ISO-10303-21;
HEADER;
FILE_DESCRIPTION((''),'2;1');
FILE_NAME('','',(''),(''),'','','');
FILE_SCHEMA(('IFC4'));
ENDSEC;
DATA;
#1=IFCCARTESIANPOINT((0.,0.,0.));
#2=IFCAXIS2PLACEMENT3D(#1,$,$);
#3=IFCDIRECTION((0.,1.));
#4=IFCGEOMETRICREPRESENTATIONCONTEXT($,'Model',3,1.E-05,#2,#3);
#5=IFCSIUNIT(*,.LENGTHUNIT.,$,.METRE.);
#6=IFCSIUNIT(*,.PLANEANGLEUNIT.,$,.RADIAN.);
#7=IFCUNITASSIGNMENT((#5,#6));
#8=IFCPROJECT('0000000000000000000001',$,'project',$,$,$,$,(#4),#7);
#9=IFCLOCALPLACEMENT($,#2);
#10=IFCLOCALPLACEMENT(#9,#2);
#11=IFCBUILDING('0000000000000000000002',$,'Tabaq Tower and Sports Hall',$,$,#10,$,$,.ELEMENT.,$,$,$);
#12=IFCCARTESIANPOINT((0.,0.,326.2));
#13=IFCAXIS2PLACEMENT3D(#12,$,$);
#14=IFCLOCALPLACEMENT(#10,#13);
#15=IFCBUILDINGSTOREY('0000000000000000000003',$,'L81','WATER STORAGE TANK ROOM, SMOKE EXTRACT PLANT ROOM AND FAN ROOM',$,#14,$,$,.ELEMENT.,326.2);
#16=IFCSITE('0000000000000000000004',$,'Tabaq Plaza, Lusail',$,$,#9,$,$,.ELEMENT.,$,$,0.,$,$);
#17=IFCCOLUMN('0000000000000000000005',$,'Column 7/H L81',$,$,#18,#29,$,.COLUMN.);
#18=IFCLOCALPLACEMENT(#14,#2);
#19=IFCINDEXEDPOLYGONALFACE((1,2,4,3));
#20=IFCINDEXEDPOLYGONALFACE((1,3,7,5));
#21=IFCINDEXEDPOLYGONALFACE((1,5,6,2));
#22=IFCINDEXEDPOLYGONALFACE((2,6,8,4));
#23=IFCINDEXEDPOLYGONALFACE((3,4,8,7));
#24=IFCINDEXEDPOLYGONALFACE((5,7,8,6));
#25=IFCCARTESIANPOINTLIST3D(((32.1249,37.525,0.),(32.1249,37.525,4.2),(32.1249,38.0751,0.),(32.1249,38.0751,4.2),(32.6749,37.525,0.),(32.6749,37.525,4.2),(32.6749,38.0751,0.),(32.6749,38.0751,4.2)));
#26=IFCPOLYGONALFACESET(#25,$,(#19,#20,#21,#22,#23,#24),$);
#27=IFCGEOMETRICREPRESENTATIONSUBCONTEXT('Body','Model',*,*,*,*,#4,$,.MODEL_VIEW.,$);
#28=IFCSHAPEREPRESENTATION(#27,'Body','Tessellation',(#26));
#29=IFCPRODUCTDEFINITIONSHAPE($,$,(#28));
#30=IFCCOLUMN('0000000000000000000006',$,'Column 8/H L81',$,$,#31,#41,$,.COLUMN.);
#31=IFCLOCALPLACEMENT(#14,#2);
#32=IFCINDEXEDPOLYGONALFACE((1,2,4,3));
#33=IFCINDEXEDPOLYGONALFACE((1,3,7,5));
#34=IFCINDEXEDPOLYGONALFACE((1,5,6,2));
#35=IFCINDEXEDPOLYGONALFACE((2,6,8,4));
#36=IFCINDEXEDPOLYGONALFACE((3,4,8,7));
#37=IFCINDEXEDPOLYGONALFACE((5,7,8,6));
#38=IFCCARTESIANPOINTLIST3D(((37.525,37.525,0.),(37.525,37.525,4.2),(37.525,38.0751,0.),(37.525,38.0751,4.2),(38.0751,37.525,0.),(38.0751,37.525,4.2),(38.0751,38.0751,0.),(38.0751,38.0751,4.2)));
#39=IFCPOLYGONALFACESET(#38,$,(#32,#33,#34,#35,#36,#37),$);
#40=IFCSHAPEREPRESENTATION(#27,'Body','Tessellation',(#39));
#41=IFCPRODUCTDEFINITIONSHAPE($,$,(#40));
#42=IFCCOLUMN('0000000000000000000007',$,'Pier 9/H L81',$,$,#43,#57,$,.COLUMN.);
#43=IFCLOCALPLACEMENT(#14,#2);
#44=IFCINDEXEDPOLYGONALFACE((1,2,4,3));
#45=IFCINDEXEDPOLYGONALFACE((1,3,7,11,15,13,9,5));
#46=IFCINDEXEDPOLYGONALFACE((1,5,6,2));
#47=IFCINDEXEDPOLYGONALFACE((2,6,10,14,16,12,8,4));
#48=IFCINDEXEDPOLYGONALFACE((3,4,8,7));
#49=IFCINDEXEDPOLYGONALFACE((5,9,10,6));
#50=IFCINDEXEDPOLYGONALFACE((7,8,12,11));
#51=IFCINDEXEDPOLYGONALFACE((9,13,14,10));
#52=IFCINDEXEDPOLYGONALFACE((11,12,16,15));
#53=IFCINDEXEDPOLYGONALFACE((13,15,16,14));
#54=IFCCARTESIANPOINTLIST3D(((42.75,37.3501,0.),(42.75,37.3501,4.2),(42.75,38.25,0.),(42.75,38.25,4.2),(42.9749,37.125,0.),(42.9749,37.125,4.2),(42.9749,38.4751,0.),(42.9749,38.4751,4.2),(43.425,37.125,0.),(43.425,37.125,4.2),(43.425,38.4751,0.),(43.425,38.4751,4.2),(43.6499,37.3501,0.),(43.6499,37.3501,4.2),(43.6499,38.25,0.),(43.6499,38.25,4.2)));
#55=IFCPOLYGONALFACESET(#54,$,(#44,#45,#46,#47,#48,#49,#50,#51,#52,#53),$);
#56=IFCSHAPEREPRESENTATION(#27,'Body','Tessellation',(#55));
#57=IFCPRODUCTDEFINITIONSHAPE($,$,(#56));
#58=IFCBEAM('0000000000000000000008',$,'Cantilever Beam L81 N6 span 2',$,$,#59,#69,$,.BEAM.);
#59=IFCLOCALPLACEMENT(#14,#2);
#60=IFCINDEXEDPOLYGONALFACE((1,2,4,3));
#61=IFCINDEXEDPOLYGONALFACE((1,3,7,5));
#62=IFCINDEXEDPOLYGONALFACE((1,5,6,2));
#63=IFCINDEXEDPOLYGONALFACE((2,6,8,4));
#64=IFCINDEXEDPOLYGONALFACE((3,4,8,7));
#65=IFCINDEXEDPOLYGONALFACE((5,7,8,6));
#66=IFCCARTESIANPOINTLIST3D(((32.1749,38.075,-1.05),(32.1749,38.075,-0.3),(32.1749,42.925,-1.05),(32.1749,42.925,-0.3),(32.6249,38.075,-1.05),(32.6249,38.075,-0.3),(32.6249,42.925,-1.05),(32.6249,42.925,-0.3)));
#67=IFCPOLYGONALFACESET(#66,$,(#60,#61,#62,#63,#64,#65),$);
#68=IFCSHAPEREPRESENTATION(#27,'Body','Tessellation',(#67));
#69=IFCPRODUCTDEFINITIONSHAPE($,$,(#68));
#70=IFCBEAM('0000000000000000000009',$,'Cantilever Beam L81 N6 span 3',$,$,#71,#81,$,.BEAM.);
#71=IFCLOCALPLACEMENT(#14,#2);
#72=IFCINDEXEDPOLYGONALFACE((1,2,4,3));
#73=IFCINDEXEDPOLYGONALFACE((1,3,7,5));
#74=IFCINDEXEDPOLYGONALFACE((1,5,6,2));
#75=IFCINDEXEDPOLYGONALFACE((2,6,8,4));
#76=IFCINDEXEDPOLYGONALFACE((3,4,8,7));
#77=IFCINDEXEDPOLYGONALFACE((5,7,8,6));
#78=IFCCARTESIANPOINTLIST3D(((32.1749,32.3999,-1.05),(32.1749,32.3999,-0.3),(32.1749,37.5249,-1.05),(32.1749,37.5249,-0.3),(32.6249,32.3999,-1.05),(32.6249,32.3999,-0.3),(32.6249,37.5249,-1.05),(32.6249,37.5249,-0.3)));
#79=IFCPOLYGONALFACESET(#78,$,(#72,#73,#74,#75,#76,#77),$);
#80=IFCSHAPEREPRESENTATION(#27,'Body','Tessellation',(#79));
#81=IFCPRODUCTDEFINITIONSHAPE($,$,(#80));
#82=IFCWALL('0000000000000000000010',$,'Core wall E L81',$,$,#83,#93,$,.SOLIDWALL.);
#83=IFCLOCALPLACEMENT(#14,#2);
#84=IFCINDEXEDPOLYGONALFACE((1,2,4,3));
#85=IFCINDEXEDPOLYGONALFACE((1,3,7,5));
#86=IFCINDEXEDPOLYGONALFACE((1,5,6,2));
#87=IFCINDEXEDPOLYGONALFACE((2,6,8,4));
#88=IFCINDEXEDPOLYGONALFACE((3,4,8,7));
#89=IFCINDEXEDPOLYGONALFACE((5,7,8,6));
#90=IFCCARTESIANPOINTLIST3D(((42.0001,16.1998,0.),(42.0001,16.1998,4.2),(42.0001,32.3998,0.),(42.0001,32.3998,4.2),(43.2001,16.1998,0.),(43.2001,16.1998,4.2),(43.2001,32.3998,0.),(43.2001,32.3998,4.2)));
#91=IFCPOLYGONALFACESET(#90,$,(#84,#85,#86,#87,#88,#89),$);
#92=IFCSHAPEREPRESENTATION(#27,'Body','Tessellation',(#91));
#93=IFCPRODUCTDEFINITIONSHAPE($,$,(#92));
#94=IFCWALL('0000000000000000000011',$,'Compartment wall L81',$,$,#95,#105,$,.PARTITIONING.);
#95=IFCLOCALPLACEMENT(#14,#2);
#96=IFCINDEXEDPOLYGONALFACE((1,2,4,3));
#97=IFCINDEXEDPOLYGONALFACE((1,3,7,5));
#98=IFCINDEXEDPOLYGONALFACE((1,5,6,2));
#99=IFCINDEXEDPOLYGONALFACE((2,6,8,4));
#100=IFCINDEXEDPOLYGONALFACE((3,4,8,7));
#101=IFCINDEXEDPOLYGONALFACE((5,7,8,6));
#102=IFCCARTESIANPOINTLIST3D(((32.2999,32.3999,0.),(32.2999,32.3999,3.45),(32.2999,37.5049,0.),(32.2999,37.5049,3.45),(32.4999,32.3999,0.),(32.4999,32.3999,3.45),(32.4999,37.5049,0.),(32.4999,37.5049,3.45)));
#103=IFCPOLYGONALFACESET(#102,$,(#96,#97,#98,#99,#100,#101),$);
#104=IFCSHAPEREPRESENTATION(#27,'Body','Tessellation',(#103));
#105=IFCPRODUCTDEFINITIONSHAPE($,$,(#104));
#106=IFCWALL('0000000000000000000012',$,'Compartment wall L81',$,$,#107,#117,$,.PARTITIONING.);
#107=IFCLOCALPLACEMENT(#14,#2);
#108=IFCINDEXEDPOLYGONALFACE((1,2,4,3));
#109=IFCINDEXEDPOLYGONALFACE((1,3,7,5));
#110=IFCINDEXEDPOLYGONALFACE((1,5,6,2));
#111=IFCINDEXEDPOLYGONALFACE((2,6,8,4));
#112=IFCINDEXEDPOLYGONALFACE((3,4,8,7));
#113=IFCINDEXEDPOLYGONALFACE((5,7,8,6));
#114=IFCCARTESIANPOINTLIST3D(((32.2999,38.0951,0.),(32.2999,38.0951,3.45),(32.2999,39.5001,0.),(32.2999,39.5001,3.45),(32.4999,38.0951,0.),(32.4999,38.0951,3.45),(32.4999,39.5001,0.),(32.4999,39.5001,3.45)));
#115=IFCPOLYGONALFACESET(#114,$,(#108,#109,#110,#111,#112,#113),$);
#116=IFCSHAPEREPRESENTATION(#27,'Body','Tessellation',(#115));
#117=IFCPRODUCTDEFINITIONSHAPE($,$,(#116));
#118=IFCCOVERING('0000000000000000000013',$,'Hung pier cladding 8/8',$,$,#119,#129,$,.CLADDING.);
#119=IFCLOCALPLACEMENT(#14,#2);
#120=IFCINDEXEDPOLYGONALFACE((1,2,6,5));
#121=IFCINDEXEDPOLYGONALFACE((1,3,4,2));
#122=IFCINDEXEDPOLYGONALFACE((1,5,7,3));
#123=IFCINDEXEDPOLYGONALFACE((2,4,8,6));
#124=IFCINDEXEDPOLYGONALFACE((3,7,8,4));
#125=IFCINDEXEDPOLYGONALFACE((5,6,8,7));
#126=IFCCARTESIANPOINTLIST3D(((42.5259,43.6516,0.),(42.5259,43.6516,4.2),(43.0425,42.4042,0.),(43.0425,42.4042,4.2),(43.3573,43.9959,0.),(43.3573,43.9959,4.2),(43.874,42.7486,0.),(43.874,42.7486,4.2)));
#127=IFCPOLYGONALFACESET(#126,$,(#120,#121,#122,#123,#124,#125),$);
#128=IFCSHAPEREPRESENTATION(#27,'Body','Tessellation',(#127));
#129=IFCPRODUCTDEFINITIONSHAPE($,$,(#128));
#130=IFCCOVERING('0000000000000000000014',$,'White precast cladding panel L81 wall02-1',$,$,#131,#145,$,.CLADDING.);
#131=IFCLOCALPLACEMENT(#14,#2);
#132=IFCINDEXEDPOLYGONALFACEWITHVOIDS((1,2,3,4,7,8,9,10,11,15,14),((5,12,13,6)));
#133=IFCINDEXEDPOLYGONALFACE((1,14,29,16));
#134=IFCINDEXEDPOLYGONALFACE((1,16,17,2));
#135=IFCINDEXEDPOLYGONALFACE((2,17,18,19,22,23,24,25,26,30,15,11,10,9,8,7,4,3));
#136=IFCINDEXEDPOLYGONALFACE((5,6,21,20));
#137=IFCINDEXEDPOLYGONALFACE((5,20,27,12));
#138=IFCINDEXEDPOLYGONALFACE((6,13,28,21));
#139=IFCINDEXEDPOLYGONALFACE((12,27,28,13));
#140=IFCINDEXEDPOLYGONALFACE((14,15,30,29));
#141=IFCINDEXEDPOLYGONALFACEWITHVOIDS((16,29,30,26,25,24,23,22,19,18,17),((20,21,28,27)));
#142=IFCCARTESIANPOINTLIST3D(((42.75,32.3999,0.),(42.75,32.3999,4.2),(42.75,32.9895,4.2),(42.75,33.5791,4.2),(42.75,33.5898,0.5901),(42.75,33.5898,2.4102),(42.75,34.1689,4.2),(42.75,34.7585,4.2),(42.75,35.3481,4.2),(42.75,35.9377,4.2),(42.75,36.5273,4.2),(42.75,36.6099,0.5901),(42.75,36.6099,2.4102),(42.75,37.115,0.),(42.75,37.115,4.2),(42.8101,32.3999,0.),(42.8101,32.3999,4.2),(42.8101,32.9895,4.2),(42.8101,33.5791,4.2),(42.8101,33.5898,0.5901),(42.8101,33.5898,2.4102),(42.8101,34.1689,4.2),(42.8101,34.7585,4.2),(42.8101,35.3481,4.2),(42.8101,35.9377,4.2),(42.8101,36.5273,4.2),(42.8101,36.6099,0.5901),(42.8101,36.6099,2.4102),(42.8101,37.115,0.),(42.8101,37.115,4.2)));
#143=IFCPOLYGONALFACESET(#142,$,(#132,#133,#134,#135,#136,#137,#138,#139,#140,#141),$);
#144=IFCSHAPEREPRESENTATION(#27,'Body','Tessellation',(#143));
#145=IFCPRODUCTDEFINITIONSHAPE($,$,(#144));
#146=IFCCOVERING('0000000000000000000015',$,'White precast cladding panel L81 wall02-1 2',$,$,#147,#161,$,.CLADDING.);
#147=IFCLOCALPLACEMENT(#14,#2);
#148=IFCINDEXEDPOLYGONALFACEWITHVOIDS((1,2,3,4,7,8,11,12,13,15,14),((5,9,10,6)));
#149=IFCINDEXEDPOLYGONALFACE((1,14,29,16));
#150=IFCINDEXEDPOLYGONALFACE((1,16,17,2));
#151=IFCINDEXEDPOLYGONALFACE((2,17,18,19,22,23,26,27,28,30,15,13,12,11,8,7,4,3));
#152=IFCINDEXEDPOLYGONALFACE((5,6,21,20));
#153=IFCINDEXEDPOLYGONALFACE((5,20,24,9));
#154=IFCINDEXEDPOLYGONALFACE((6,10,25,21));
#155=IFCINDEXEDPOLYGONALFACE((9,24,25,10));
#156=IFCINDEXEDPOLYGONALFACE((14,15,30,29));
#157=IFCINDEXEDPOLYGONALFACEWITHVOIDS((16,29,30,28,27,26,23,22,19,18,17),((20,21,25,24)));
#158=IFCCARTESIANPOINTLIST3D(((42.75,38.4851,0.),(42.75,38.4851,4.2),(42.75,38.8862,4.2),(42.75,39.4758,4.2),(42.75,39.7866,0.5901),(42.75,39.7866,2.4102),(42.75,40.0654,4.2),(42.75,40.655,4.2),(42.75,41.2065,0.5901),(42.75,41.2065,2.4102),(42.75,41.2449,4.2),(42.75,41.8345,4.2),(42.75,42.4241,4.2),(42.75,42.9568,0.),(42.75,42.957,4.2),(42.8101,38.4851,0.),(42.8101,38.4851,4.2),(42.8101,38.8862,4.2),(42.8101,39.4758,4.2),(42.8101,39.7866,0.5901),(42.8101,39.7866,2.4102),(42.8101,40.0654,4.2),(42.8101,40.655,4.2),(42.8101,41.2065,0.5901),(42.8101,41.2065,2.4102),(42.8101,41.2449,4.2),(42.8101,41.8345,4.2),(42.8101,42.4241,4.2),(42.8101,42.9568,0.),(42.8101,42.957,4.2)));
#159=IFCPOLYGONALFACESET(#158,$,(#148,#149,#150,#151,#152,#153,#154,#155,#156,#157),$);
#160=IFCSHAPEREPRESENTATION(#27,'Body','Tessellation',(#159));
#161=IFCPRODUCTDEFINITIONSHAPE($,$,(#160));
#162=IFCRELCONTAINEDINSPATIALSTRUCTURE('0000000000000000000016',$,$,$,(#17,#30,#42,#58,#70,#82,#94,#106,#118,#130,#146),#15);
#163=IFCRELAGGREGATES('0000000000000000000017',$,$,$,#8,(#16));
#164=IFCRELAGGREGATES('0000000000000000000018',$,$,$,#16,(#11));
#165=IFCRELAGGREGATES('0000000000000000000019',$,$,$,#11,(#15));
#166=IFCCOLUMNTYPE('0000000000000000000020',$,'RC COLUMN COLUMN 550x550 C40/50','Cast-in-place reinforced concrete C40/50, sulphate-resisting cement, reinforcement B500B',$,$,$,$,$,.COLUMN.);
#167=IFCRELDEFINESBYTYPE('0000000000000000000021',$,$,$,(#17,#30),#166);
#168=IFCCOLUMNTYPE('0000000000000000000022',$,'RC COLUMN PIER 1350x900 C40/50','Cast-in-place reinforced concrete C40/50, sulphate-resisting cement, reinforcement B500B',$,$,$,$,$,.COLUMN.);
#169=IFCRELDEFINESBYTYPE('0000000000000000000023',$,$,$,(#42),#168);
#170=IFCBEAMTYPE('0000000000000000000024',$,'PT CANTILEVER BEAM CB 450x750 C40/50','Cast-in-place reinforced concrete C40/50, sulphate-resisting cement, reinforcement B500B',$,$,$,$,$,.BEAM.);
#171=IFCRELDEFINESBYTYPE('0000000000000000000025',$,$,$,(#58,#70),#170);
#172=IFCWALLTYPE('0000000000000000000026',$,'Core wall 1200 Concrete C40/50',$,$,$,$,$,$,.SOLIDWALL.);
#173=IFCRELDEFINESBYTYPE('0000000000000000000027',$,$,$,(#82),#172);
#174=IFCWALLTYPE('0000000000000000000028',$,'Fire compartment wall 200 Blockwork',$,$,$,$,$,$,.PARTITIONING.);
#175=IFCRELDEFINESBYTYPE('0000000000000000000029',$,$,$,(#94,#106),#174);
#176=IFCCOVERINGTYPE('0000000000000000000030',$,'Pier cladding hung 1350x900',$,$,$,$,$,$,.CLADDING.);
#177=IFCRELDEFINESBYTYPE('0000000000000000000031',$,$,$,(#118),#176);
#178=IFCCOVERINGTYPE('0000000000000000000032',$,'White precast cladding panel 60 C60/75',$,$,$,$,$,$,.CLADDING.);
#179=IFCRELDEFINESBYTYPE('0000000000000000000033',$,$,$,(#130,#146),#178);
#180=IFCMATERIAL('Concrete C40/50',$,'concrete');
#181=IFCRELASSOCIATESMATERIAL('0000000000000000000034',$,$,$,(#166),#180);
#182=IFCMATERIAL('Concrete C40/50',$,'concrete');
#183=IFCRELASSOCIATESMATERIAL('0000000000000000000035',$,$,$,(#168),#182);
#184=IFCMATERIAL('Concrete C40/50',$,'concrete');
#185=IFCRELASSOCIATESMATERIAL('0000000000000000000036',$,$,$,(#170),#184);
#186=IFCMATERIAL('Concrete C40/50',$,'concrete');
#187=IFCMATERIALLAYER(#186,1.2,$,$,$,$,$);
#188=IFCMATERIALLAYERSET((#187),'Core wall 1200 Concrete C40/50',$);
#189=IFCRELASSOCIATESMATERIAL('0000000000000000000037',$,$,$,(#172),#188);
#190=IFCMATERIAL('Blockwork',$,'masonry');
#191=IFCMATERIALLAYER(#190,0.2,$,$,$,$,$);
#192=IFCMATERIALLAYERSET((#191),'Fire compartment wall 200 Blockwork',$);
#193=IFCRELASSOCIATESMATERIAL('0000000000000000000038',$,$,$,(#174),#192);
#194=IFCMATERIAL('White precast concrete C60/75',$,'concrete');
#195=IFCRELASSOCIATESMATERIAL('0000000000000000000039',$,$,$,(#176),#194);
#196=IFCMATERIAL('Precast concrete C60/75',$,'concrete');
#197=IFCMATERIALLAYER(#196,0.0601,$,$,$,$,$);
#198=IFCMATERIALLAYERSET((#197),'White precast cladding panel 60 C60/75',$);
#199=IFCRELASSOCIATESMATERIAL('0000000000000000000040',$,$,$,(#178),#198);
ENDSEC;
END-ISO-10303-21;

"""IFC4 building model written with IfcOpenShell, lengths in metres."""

from ifc_helpers import new_model, si_unit, direction, frame, frame_2d, origin, origin_2d, place, context, subcontext, project, spatial, polyline, rectangle, outline, extrude, material, layer, layer_set, material_profile, profile_set, type_object, element, save


model = new_model("IFC4")

# Units and contexts
model_context = context("Model", 3, precision=1e-05, world=origin(), true_north=direction((0.0, 1.0)))
body_context = subcontext(model_context, "Body", "Model", "MODEL_VIEW")
ifc_project = project(units=[si_unit("LENGTHUNIT", "METRE"), si_unit("PLANEANGLEUNIT", "RADIAN")], contexts=[model_context])

# Site, building, storey
site_placement = place(None, origin())
site = spatial("IfcSite", under=ifc_project, at=site_placement, Name="Tabaq Plaza, Lusail", CompositionType="ELEMENT", RefElevation=0.0)
building_placement = place(site_placement, origin())
building = spatial("IfcBuilding", under=site, at=building_placement, Name="Tabaq Tower and Sports Hall", CompositionType="ELEMENT")
storey_placement = place(building_placement, frame((0.0, 0.0, 326.2)))
storey = spatial("IfcBuildingStorey", under=building, at=storey_placement, Name="L81", Description="WATER STORAGE TANK ROOM, SMOKE EXTRACT PLANT ROOM AND FAN ROOM", CompositionType="ELEMENT", Elevation=326.2)

# Columns
ifc_material_1 = material(Name="Concrete C40/50", Category="concrete")
ifc_material_profile_1 = material_profile(ifc_material_1, rectangle(XDim=0.55, YDim=0.55, at=origin_2d()), Name="COLUMN 550x550")
ifc_profile_set_1 = profile_set([ifc_material_profile_1], Name="Concrete C40/50")
column_type_1 = type_object("IfcColumnType", Name="RC COLUMN COLUMN 550x550 C40/50", Description="Cast-in-place reinforced concrete C40/50, sulphate-resisting cement, reinforcement B500B", PredefinedType="COLUMN", material=ifc_profile_set_1)
for number, where, z_axis, x_axis, name in (
    (1, (32.3999, 37.8, 0.0), (0.0, 0.0, 1.0), (1.0, 0.0, 0.0), "Column 7/H L81"),
    (2, (37.8, 37.8, 0.0), (0.0, 0.0, 1.0), (1.0, 0.0, 0.0), "Column 8/H L81"),
):
    element("IfcColumn", number, at=place(storey_placement, frame(where, z_axis=z_axis, x_axis=x_axis)), inside=storey, type_object=column_type_1, Name=name, PredefinedType="COLUMN", context=body_context, shape_type="SweptSolid", body=[
        extrude(rectangle(XDim=0.55, YDim=0.55, at=origin_2d()), origin(), (0.0, 0.0, 1.0), 4.2),
    ])
ifc_material_2 = material(Name="Concrete C40/50", Category="concrete")
ifc_material_profile_2 = material_profile(ifc_material_2, outline(polyline([(-0.45, -0.45), (0.45, -0.45), (0.675, -0.2251), (0.675, 0.2251), (0.45, 0.45), (-0.45, 0.45), (-0.675, 0.2251), (-0.675, -0.2251), (-0.45, -0.45)])), Name="PIER 1350x900")
ifc_profile_set_2 = profile_set([ifc_material_profile_2], Name="Concrete C40/50")
column_type_2 = type_object("IfcColumnType", Name="RC COLUMN PIER 1350x900 C40/50", Description="Cast-in-place reinforced concrete C40/50, sulphate-resisting cement, reinforcement B500B", PredefinedType="COLUMN", material=ifc_profile_set_2)
column_placement = place(storey_placement, frame((43.2, 37.8, 0.0), z_axis=(0.0, 0.0, 1.0), x_axis=(0.0, 1.0, 0.0)))
element("IfcColumn", 3, at=column_placement, inside=storey, type_object=column_type_2, Name="Pier 9/H L81", PredefinedType="COLUMN", context=body_context, shape_type="SweptSolid", body=[
    extrude(outline(polyline([(-0.45, -0.45), (0.45, -0.45), (0.675, -0.2251), (0.675, 0.2251), (0.45, 0.45), (-0.45, 0.45), (-0.675, 0.2251), (-0.675, -0.2251), (-0.45, -0.45)])), origin(), (0.0, 0.0, 1.0), 4.2),
])

# Beams
ifc_material_3 = material(Name="Concrete C40/50", Category="concrete")
ifc_material_profile_3 = material_profile(ifc_material_3, rectangle(XDim=0.45, YDim=0.75, at=origin_2d()), Name="CB 450x750")
ifc_profile_set_3 = profile_set([ifc_material_profile_3], Name="Concrete C40/50")
beam_type = type_object("IfcBeamType", Name="PT CANTILEVER BEAM CB 450x750 C40/50", Description="Cast-in-place reinforced concrete C40/50, sulphate-resisting cement, reinforcement B500B", PredefinedType="BEAM", material=ifc_profile_set_3)
beam_1_placement = place(storey_placement, frame((32.3999, 42.925, -0.675), z_axis=(0.0, -1.0, 0.0), x_axis=(1.0, 0.0, 0.0)))
element("IfcBeam", 4, at=beam_1_placement, inside=storey, type_object=beam_type, Name="Cantilever Beam L81 N6 span 2", PredefinedType="BEAM", context=body_context, shape_type="SweptSolid", body=[
    extrude(rectangle(XDim=0.45, YDim=0.75, at=origin_2d()), origin(), (0.0, 0.0, 1.0), 4.8501),
])
beam_2_placement = place(storey_placement, frame((32.3999, 37.5249, -0.675), z_axis=(0.0, -1.0, 0.0), x_axis=(1.0, 0.0, 0.0)))
element("IfcBeam", 5, at=beam_2_placement, inside=storey, type_object=beam_type, Name="Cantilever Beam L81 N6 span 3", PredefinedType="BEAM", context=body_context, shape_type="SweptSolid", body=[
    extrude(rectangle(XDim=0.45, YDim=0.75, at=origin_2d()), origin(), (0.0, 0.0, 1.0), 5.125),
])

# Walls
ifc_material_4 = material(Name="Concrete C40/50", Category="concrete")
ifc_layer_1 = layer(ifc_material_4, 1.2)
ifc_layer_set_1 = layer_set([ifc_layer_1], Name="Core wall 1200 Concrete C40/50")
wall_type_1 = type_object("IfcWallType", Name="Core wall 1200 Concrete C40/50", PredefinedType="SOLIDWALL", material=ifc_layer_set_1)
wall_1_placement = place(storey_placement, frame((42.6001, 32.3999, 0.0), z_axis=(0.0, 0.0, 1.0), x_axis=(0.0, -1.0, 0.0)))
element("IfcWall", 6, at=wall_1_placement, inside=storey, type_object=wall_type_1, Name="Core wall E L81", PredefinedType="SOLIDWALL", context=body_context, shape_type="SweptSolid", body=[
    extrude(rectangle(XDim=16.2, YDim=1.2, at=frame_2d((8.1001, 0.0))), origin(), (0.0, 0.0, 1.0), 4.2),
])
ifc_material_5 = material(Name="Blockwork", Category="masonry")
ifc_layer_2 = layer(ifc_material_5, 0.2)
ifc_layer_set_2 = layer_set([ifc_layer_2], Name="Fire compartment wall 200 Blockwork")
wall_type_2 = type_object("IfcWallType", Name="Fire compartment wall 200 Blockwork", PredefinedType="PARTITIONING", material=ifc_layer_set_2)
wall_2_placement = place(storey_placement, frame((32.3999, 32.3999, 0.0), z_axis=(0.0, 0.0, 1.0), x_axis=(0.0, 1.0, 0.0)))
element("IfcWall", 7, at=wall_2_placement, inside=storey, type_object=wall_type_2, Name="Compartment wall L81", PredefinedType="PARTITIONING", context=body_context, shape_type="SweptSolid", body=[
    extrude(rectangle(XDim=5.105, YDim=0.2, at=frame_2d((2.5525, 0.0))), origin(), (0.0, 0.0, 1.0), 3.45),
])
wall_3_placement = place(storey_placement, frame((32.3999, 38.095, 0.0), z_axis=(0.0, 0.0, 1.0), x_axis=(0.0, 1.0, 0.0)))
element("IfcWall", 8, at=wall_3_placement, inside=storey, type_object=wall_type_2, Name="Compartment wall L81", PredefinedType="PARTITIONING", context=body_context, shape_type="SweptSolid", body=[
    extrude(rectangle(XDim=1.405, YDim=0.2, at=frame_2d((0.7026, 0.0))), origin(), (0.0, 0.0, 1.0), 3.45),
])

# Coverings
ifc_material_6 = material(Name="White precast concrete C60/75", Category="concrete")
covering_type_1 = type_object("IfcCoveringType", Name="Pier cladding hung 1350x900", PredefinedType="CLADDING", material=ifc_material_6)
covering_1_placement = place(storey_placement, frame((43.4583, 42.5764, 0.0), z_axis=(0.0, 0.0, 1.0), x_axis=(-0.38265, 0.923893, 0.0)))
element("IfcCovering", 9, at=covering_1_placement, inside=storey, type_object=covering_type_1, Name="Hung pier cladding 8/8", PredefinedType="CLADDING", context=body_context, shape_type="SweptSolid", body=[
    extrude(rectangle(XDim=1.3501, YDim=0.8999, at=frame_2d((0.675, 0.0))), origin(), (0.0, 0.0, 1.0), 4.2),
])
ifc_material_7 = material(Name="Precast concrete C60/75", Category="concrete")
ifc_layer_3 = layer(ifc_material_7, 0.0601)
ifc_layer_set_3 = layer_set([ifc_layer_3], Name="White precast cladding panel 60 C60/75")
covering_type_2 = type_object("IfcCoveringType", Name="White precast cladding panel 60 C60/75", PredefinedType="CLADDING", material=ifc_layer_set_3)
covering_2_placement = place(storey_placement, frame((42.78, 32.3999, 0.0), z_axis=(0.0, 0.0, 1.0), x_axis=(0.0, 1.0, 0.0)))
element("IfcCovering", 10, at=covering_2_placement, inside=storey, type_object=covering_type_2, Name="White precast cladding panel L81 wall02-1", PredefinedType="CLADDING", context=body_context, shape_type="SweptSolid", body=[
    extrude(outline(polyline([(0.0, 0.0), (4.7151, 0.0), (4.7151, 4.2), (4.1274, 4.2), (3.5378, 4.2), (2.9482, 4.2), (2.3586, 4.2), (1.769, 4.2), (1.1792, 4.2), (0.5896, 4.2), (0.0, 4.2), (0.0, 0.0)]), holes=[polyline([(1.1899, 0.5901), (1.1899, 2.4102), (4.21, 2.4102), (4.21, 0.5901), (1.1899, 0.5901)])]), frame((0.0, 0.03, 0.0), z_axis=(0.0, -1.0, 0.0), x_axis=(1.0, 0.0, 0.0)), (0.0, 0.0, 1.0), 0.0601),
])
covering_3_placement = place(storey_placement, frame((42.78, 38.4851, 0.0), z_axis=(0.0, 0.0, 1.0), x_axis=(0.0, 1.0, 0.0)))
element("IfcCovering", 11, at=covering_3_placement, inside=storey, type_object=covering_type_2, Name="White precast cladding panel L81 wall02-1 2", PredefinedType="CLADDING", context=body_context, shape_type="SweptSolid", body=[
    extrude(outline(polyline([(0.0, 0.0), (4.4717, 0.0), (4.4719, 4.2), (3.939, 4.2), (3.3494, 4.2), (2.7598, 4.2), (2.1699, 4.2), (1.5803, 4.2), (0.9907, 4.2), (0.4011, 4.2), (0.0, 4.2), (0.0, 0.0)]), holes=[polyline([(1.3015, 0.5901), (1.3015, 2.4102), (2.7214, 2.4102), (2.7214, 0.5901), (1.3015, 0.5901)])]), frame((0.0, 0.03, 0.0), z_axis=(0.0, -1.0, 0.0), x_axis=(1.0, 0.0, 0.0)), (0.0, 0.0, 1.0), 0.0601),
])

save(model, "model.ifc")
